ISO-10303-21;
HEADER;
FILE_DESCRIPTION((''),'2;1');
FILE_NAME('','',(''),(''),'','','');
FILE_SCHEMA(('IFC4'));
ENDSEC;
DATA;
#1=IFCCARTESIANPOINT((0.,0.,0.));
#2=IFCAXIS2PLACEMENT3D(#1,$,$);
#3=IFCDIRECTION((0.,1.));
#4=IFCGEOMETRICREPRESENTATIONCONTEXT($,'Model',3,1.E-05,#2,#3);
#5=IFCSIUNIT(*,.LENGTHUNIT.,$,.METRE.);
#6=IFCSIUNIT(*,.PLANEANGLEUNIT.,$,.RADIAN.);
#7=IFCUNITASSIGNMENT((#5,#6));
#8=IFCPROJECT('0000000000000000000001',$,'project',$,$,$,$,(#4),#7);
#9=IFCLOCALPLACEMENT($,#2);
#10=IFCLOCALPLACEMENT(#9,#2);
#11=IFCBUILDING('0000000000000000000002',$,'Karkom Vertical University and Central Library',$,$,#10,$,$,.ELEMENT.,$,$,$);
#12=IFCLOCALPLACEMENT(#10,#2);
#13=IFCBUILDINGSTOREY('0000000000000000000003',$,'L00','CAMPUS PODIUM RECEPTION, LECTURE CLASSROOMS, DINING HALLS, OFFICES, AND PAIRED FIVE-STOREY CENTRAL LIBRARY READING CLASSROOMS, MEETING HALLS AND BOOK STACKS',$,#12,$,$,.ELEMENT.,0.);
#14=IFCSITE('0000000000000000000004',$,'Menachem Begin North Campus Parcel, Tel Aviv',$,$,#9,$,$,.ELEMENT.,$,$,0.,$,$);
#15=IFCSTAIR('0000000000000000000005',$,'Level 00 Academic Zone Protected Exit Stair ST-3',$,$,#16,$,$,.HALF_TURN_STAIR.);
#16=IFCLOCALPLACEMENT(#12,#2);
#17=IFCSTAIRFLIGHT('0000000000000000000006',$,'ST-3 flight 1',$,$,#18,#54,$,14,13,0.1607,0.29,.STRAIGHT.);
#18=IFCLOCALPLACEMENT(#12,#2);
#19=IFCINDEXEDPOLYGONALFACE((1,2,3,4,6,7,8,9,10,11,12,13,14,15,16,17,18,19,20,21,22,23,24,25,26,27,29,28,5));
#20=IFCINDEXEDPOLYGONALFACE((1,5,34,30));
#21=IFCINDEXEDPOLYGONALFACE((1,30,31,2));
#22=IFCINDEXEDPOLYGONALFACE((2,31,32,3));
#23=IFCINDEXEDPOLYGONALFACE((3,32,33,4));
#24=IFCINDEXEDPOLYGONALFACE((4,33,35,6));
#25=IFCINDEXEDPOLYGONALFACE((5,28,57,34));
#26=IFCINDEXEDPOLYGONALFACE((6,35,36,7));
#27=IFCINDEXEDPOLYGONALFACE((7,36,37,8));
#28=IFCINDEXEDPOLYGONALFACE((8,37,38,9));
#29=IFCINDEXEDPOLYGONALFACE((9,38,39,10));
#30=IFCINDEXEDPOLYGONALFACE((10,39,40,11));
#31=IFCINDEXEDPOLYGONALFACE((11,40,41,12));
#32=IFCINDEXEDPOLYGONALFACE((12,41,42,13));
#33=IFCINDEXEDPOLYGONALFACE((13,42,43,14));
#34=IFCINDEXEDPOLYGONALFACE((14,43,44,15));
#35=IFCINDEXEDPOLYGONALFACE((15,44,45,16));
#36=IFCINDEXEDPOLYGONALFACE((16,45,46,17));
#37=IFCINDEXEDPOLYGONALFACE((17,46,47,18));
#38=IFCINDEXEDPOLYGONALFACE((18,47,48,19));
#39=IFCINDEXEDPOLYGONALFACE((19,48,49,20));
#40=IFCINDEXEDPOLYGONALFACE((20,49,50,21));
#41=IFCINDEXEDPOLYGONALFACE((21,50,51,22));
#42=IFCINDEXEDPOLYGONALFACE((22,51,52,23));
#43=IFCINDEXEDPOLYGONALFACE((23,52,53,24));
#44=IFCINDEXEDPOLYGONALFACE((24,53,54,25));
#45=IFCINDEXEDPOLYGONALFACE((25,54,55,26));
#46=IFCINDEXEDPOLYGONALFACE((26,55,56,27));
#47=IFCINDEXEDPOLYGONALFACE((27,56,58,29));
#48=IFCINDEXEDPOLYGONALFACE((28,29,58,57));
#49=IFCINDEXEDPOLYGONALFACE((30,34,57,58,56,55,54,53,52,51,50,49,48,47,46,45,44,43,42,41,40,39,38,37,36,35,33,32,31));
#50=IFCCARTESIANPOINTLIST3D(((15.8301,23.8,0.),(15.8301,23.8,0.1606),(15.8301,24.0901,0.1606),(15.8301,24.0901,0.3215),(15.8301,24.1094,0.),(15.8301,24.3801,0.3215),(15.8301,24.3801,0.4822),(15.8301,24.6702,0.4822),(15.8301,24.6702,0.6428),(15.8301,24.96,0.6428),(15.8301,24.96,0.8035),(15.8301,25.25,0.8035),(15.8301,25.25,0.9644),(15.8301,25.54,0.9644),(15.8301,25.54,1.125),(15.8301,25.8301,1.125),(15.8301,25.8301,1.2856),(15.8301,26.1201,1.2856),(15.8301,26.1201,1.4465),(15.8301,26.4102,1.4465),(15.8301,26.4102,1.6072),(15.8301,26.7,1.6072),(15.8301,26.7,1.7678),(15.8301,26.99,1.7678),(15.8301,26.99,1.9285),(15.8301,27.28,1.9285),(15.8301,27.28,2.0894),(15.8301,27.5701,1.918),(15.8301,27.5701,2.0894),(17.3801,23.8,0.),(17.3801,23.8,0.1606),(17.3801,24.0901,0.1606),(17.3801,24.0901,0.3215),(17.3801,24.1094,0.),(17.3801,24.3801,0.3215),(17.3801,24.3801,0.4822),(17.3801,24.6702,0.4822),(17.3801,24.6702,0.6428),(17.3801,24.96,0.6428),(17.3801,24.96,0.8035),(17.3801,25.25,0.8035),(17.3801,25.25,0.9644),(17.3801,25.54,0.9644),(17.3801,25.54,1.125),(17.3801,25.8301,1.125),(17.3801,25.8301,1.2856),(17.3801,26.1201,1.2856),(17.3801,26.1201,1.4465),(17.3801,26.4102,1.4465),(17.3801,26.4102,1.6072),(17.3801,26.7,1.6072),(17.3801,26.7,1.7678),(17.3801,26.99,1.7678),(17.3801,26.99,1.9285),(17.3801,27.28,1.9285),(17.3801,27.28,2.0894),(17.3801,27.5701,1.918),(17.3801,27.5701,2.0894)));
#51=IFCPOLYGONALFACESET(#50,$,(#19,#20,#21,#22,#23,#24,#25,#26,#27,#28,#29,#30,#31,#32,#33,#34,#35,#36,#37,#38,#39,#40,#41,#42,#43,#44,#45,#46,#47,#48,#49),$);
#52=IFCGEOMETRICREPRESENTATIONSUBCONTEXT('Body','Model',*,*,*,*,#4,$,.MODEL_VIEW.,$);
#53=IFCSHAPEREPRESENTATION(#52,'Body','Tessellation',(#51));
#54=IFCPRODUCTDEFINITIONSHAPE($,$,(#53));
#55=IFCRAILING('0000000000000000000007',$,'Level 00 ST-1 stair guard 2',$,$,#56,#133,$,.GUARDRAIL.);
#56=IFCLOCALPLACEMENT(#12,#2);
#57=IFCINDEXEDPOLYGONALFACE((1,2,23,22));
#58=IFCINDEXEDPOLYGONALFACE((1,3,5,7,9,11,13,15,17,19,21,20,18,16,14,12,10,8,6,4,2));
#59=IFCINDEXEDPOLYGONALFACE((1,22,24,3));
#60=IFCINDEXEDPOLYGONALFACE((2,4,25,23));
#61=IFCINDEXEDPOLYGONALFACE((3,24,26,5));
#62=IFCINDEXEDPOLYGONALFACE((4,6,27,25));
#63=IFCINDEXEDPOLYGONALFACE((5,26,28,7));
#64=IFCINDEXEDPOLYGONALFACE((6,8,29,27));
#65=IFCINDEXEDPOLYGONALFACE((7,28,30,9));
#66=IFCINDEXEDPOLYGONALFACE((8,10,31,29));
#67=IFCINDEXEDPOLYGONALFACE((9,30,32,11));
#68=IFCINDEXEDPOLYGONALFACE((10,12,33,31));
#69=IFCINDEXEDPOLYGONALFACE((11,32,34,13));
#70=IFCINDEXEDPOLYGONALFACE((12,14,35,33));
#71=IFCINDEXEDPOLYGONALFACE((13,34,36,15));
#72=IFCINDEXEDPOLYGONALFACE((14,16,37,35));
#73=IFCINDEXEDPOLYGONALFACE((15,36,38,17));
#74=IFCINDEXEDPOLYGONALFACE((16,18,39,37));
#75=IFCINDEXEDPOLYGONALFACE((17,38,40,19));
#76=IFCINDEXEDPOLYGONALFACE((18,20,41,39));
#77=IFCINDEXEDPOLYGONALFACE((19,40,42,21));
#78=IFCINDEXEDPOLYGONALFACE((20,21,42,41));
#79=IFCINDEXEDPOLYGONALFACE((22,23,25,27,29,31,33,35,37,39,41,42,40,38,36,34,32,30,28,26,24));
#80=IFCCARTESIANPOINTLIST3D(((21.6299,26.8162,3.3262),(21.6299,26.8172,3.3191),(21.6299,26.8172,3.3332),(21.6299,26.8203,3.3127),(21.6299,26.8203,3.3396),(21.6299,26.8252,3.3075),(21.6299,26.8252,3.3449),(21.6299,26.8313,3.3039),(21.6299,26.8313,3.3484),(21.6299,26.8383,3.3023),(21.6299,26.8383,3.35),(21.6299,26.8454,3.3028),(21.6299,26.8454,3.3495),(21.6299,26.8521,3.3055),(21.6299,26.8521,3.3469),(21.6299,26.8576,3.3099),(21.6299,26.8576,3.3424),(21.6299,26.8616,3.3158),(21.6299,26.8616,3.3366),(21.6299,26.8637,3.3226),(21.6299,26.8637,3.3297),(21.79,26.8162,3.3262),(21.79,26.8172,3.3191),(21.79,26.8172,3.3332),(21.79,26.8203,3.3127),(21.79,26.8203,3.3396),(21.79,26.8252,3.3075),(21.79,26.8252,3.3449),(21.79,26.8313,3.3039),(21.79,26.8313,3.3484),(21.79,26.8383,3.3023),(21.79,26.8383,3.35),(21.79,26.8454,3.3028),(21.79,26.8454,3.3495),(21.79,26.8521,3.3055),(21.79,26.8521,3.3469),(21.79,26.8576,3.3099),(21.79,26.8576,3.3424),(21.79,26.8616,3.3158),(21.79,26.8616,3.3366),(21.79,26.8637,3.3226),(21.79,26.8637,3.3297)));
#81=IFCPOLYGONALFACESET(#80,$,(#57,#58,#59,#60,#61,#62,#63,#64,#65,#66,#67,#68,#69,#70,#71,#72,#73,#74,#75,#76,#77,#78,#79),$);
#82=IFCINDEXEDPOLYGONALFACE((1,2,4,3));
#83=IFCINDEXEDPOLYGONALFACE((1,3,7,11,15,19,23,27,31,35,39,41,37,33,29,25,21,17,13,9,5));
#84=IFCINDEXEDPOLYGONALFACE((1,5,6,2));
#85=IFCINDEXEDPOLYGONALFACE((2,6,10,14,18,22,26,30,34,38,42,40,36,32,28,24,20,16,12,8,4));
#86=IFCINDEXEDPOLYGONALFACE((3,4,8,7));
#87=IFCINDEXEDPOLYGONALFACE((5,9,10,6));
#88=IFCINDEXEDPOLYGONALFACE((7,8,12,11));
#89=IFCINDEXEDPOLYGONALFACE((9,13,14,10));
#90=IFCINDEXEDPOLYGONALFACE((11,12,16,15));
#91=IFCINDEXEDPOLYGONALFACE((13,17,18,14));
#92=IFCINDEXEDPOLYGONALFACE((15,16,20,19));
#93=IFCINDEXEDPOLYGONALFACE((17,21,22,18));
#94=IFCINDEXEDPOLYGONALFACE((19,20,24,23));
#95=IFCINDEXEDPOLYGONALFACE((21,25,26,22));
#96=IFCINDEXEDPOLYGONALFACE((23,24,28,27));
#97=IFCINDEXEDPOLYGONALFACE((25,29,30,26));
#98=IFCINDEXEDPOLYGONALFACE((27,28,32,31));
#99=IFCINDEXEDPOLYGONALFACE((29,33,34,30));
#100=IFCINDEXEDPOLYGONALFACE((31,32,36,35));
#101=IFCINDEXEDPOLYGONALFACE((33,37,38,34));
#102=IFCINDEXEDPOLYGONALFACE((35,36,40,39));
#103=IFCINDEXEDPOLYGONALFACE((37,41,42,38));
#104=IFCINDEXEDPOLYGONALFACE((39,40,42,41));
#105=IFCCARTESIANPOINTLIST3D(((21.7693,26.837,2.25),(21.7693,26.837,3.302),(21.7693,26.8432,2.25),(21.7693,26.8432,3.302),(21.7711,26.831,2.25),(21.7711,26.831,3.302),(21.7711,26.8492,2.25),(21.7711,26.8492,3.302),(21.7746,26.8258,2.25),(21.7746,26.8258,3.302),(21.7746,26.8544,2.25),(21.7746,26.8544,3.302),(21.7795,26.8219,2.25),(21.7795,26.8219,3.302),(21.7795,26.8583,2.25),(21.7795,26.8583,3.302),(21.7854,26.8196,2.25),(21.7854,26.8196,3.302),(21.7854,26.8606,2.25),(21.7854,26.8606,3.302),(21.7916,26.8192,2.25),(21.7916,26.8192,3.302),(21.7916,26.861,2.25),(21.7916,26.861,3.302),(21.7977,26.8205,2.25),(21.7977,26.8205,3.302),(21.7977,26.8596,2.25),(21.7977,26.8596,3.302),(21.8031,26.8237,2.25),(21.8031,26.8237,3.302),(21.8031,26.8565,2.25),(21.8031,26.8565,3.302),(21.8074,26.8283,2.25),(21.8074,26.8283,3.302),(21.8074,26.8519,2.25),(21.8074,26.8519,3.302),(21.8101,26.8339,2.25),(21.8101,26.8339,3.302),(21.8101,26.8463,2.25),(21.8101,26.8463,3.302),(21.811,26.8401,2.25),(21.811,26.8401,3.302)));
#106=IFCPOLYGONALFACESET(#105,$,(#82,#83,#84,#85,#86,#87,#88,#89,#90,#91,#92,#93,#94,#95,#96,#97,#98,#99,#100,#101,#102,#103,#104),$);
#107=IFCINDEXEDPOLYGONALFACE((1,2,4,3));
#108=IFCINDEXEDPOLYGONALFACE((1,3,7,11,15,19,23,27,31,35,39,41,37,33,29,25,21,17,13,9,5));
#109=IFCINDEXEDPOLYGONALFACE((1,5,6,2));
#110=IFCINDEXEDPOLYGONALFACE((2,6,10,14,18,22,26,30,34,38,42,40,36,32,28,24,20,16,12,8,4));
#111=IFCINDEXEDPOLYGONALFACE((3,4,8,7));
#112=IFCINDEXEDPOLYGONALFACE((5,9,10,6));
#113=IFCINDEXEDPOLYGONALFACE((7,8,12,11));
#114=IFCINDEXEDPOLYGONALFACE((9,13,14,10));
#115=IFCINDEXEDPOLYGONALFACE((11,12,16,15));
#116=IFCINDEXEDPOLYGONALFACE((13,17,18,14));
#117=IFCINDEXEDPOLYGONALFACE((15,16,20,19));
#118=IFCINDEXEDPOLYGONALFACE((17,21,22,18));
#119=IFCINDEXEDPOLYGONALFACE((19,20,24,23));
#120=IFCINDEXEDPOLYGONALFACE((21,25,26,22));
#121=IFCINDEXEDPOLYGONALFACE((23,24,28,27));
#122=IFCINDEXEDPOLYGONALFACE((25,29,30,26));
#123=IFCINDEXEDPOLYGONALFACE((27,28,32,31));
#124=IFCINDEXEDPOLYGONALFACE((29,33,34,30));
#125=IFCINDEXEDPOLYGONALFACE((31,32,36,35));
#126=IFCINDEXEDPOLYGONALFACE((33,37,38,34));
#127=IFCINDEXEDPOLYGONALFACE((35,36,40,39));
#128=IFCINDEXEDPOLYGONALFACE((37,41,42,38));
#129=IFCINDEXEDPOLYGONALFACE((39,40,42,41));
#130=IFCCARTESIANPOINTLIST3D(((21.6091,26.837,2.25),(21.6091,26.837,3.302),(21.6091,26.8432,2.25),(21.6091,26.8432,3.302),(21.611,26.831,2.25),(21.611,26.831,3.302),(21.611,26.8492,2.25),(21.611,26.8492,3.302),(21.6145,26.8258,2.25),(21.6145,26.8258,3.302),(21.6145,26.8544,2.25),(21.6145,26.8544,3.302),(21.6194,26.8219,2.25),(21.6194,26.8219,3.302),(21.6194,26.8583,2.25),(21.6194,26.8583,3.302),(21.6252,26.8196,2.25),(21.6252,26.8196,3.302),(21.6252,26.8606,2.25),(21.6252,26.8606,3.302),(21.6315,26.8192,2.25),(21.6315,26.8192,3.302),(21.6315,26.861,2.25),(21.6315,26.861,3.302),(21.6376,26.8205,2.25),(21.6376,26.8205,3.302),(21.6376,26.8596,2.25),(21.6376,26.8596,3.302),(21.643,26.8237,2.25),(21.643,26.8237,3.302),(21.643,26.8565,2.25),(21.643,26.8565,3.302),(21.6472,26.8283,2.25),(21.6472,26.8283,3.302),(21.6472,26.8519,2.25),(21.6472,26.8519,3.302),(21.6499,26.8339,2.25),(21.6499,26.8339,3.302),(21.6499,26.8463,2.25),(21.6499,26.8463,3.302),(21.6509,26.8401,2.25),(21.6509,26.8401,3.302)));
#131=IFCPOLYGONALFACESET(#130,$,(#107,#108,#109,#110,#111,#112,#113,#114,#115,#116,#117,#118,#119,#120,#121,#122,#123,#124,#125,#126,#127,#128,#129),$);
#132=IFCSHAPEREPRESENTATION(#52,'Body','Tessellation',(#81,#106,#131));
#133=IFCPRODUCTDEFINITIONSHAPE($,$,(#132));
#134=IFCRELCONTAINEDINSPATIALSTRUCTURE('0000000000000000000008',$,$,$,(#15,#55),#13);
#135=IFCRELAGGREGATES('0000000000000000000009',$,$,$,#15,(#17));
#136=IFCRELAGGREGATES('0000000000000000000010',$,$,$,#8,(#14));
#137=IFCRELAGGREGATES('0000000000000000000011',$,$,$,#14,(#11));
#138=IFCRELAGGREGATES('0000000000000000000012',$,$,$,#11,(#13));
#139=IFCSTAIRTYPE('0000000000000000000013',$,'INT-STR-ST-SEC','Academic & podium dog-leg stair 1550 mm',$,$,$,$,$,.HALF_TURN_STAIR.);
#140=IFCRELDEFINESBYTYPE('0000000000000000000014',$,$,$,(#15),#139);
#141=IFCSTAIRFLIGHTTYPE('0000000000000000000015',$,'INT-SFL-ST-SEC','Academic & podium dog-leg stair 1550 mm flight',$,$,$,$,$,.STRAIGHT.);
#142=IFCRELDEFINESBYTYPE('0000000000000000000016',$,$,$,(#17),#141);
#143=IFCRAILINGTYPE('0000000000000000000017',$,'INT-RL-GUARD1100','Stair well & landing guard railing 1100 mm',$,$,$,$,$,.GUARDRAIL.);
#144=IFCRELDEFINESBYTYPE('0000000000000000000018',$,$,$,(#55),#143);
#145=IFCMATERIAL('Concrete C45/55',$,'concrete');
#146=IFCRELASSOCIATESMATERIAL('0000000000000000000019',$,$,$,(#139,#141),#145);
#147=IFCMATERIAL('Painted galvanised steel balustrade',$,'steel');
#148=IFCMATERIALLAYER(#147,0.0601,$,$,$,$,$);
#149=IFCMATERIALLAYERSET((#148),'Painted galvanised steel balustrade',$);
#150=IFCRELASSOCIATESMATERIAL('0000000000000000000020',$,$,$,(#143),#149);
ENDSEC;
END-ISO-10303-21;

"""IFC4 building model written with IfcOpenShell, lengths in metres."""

from ifc_helpers import new_model, si_unit, direction, frame, origin, origin_2d, place, context, subcontext, project, spatial, polyline, circle, outline, extrude, material, layer, layer_set, type_object, element, aggregate, save


model = new_model("IFC4")

# Units and contexts
model_context = context("Model", 3, precision=1e-05, world=origin(), true_north=direction((0.0, 1.0)))
body_context = subcontext(model_context, "Body", "Model", "MODEL_VIEW")
ifc_project = project(units=[si_unit("LENGTHUNIT", "METRE"), si_unit("PLANEANGLEUNIT", "RADIAN")], contexts=[model_context])

# Site, building, storey
site_placement = place(None, origin())
site = spatial("IfcSite", under=ifc_project, at=site_placement, Name="Menachem Begin North Campus Parcel, Tel Aviv", CompositionType="ELEMENT", RefElevation=0.0)
building_placement = place(site_placement, origin())
building = spatial("IfcBuilding", under=site, at=building_placement, Name="Karkom Vertical University and Central Library", CompositionType="ELEMENT")
storey_placement = place(building_placement, origin())
storey = spatial("IfcBuildingStorey", under=building, at=storey_placement, Name="L00", Description="CAMPUS PODIUM RECEPTION, LECTURE CLASSROOMS, DINING HALLS, OFFICES, AND PAIRED FIVE-STOREY CENTRAL LIBRARY READING CLASSROOMS, MEETING HALLS AND BOOK STACKS", CompositionType="ELEMENT", Elevation=0.0)

# Shared definitions
ifc_material_1 = material(Name="Concrete C45/55", Category="concrete")

# Stair, stair flight
stair_type_1 = type_object("IfcStairType", Name="INT-STR-ST-SEC", Description="Academic & podium dog-leg stair 1550 mm", PredefinedType="HALF_TURN_STAIR", material=ifc_material_1)
stair_1_placement = place(storey_placement, origin())
stair_1 = element("IfcStair", 1, at=stair_1_placement, inside=storey, type_object=stair_type_1, Name="Level 00 Academic Zone Protected Exit Stair ST-3", PredefinedType="HALF_TURN_STAIR")
stair_flight_type_1 = type_object("IfcStairFlightType", Name="INT-SFL-ST-SEC", Description="Academic & podium dog-leg stair 1550 mm flight", PredefinedType="STRAIGHT", material=ifc_material_1)
stair_flight_1_placement = place(storey_placement, frame((16.605, 23.8, 0.0), z_axis=(0.0, 0.0, 1.0), x_axis=(0.0, 1.0, 0.0)))
stair_flight_1 = element("IfcStairFlight", 2, at=stair_flight_1_placement, type_object=stair_flight_type_1, Name="ST-3 flight 1", NumberOfRisers=14, NumberOfTreads=13, PredefinedType="STRAIGHT", RiserHeight=0.1607, TreadLength=0.29, context=body_context, shape_type="SweptSolid", body=[
    extrude(outline(polyline([(0.0, 0.0), (0.0, 0.1606), (0.29, 0.1606), (0.29, 0.3215), (0.5801, 0.3215), (0.5801, 0.4822), (0.8701, 0.4822), (0.8701, 0.6428), (1.1599, 0.6428), (1.1599, 0.8035), (1.45, 0.8035), (1.45, 0.9644), (1.74, 0.9644), (1.74, 1.125), (2.03, 1.125), (2.03, 1.2856), (2.3201, 1.2856), (2.3201, 1.4465), (2.6101, 1.4465), (2.6101, 1.6072), (2.8999, 1.6072), (2.8999, 1.7678), (3.1899, 1.7678), (3.1899, 1.9285), (3.48, 1.9285), (3.48, 2.0894), (3.77, 2.0894), (3.77, 2.25), (3.77, 1.918), (0.3093, 0.0), (0.0, 0.0)])), frame((0.0, 0.7749, 0.0), z_axis=(0.0, -1.0, 0.0), x_axis=(1.0, 0.0, 0.0)), (0.0, 0.0, 1.0), 1.55),
])
aggregate(stair_1, [stair_flight_1])

# Railing
ifc_material_2 = material(Name="Painted galvanised steel balustrade", Category="steel")
ifc_layer_1 = layer(ifc_material_2, 0.0601)
ifc_layer_set_1 = layer_set([ifc_layer_1], Name="Painted galvanised steel balustrade")
railing_type_1 = type_object("IfcRailingType", Name="INT-RL-GUARD1100", Description="Stair well & landing guard railing 1100 mm", PredefinedType="GUARDRAIL", material=ifc_layer_set_1)
railing_1_placement = place(storey_placement, frame((21.79, 26.8401, 2.25)))
element("IfcRailing", 3, at=railing_1_placement, inside=storey, type_object=railing_type_1, Name="Level 00 ST-1 stair guard 2", PredefinedType="GUARDRAIL", context=body_context, shape_type="SweptSolid", body=[
    extrude(circle(Radius=0.0239, at=origin_2d()), frame((0.0, 0.0, 1.0762), z_axis=(-1.0, 0.0, 0.0), x_axis=(0.0, -1.0, 0.0)), (0.0, 0.0, 1.0), 0.1602),
    extrude(circle(Radius=0.021, at=origin_2d()), origin(), (0.0, 0.0, 1.0), 1.052),
    extrude(circle(Radius=0.021, at=origin_2d()), frame((-0.1602, 0.0, 0.0)), (0.0, 0.0, 1.0), 1.052),
])

save(model, "model.ifc")
